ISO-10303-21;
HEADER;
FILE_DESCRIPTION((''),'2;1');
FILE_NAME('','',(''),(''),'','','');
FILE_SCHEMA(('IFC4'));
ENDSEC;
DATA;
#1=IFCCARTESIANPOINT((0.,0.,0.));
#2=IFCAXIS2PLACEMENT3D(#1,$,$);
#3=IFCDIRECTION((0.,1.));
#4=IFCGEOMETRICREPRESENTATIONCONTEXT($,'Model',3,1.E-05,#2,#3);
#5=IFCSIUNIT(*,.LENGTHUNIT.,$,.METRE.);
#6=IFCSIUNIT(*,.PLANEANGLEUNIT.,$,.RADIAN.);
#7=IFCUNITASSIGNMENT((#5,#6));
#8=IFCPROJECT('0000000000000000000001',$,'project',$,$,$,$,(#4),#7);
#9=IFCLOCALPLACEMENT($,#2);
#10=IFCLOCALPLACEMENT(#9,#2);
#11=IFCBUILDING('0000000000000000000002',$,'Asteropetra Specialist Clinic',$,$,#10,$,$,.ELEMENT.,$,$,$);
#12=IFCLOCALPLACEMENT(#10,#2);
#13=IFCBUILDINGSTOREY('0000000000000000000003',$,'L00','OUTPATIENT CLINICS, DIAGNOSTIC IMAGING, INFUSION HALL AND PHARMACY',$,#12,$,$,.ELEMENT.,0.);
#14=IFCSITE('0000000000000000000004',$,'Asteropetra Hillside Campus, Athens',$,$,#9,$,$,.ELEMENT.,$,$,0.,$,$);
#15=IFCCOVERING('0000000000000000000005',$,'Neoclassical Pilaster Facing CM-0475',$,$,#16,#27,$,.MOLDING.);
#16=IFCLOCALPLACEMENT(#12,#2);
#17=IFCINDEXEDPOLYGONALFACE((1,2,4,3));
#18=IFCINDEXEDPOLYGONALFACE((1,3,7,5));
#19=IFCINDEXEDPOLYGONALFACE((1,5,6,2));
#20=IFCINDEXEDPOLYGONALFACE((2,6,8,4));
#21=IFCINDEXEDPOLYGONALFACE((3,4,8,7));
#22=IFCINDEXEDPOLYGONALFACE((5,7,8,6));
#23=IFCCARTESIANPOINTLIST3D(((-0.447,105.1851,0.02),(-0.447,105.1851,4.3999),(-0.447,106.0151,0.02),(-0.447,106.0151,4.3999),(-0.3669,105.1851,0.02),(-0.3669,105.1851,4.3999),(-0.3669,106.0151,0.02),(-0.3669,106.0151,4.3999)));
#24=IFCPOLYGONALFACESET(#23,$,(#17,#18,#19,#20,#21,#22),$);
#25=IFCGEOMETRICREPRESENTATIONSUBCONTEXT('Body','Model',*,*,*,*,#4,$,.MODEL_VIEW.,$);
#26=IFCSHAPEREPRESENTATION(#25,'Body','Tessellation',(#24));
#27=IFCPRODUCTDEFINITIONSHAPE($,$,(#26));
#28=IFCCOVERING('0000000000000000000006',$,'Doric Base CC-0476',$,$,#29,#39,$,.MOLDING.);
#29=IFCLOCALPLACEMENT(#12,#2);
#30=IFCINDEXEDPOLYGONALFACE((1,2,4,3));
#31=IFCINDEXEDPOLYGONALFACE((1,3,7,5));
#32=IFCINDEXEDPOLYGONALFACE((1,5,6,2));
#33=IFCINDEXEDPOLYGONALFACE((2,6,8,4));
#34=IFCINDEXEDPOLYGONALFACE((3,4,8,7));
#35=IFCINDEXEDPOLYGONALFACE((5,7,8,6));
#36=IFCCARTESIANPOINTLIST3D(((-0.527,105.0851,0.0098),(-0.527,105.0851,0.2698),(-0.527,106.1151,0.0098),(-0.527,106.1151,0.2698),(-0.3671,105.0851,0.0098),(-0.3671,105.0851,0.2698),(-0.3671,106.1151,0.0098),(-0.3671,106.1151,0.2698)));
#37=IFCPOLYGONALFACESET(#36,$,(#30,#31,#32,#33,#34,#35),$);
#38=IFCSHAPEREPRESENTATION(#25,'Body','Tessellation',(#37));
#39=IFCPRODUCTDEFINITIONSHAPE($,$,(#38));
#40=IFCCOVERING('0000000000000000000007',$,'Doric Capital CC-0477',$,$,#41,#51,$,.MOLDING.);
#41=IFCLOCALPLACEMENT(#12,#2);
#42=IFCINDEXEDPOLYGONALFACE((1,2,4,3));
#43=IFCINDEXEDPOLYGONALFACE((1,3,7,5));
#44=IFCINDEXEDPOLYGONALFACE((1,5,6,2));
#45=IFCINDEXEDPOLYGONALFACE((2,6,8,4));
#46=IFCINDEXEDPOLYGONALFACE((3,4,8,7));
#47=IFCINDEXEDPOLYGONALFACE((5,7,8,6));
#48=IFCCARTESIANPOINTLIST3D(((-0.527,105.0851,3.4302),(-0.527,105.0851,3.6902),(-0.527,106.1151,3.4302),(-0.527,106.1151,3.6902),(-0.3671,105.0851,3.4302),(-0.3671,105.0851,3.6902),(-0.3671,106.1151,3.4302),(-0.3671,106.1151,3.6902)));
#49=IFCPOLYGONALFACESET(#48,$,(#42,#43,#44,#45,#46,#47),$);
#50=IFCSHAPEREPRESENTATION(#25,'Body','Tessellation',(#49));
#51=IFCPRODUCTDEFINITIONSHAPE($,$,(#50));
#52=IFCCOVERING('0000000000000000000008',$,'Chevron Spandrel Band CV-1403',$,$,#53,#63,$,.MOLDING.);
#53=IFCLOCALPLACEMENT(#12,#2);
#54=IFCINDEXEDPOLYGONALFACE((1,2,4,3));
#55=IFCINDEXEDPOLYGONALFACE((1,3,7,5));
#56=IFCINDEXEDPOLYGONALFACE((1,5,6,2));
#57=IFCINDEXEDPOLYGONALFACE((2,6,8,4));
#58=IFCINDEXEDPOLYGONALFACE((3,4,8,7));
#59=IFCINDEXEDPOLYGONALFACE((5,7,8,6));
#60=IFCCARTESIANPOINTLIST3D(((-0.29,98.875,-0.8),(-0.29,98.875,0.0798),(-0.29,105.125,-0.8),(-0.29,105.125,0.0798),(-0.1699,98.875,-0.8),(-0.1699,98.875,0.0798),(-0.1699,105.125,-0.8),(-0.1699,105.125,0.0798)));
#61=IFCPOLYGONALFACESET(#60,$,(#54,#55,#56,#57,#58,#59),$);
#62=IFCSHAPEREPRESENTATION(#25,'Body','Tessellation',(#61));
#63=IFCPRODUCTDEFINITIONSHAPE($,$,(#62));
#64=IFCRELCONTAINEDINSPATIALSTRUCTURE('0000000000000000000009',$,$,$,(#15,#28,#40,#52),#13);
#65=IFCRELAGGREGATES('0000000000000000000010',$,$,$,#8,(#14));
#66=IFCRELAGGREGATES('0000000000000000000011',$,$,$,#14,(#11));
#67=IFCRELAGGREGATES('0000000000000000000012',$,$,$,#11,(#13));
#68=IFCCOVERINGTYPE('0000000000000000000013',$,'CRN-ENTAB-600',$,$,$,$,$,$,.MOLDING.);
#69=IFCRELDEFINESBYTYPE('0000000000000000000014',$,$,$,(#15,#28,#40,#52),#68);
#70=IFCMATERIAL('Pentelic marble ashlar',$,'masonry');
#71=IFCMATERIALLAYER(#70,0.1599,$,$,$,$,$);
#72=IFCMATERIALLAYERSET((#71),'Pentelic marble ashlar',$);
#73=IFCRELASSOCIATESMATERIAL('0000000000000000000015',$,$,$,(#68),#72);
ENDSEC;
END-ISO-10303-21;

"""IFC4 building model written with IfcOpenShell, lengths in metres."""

from ifc_helpers import new_model, si_unit, direction, frame, origin, origin_2d, place, context, subcontext, project, spatial, rectangle, extrude, material, layer, layer_set, type_object, element, save


model = new_model("IFC4")

# Units and contexts
model_context = context("Model", 3, precision=1e-05, world=origin(), true_north=direction((0.0, 1.0)))
body_context = subcontext(model_context, "Body", "Model", "MODEL_VIEW")
ifc_project = project(units=[si_unit("LENGTHUNIT", "METRE"), si_unit("PLANEANGLEUNIT", "RADIAN")], contexts=[model_context])

# Site, building, storey
site_placement = place(None, origin())
site = spatial("IfcSite", under=ifc_project, at=site_placement, Name="Asteropetra Hillside Campus, Athens", CompositionType="ELEMENT", RefElevation=0.0)
building_placement = place(site_placement, origin())
building = spatial("IfcBuilding", under=site, at=building_placement, Name="Asteropetra Specialist Clinic", CompositionType="ELEMENT")
storey_placement = place(building_placement, origin())
storey = spatial("IfcBuildingStorey", under=building, at=storey_placement, Name="L00", Description="OUTPATIENT CLINICS, DIAGNOSTIC IMAGING, INFUSION HALL AND PHARMACY", CompositionType="ELEMENT", Elevation=0.0)

# Coverings
ifc_material_1 = material(Name="Pentelic marble ashlar", Category="masonry")
ifc_layer_1 = layer(ifc_material_1, 0.1599)
ifc_layer_set_1 = layer_set([ifc_layer_1], Name="Pentelic marble ashlar")
covering_type = type_object("IfcCoveringType", Name="CRN-ENTAB-600", PredefinedType="MOLDING", material=ifc_layer_set_1)
covering_1_placement = place(storey_placement, frame((-0.407, 105.6001, 0.02), z_axis=(0.0, 0.0, 1.0), x_axis=(1.0, 0.0, 0.0)))
element("IfcCovering", 1, at=covering_1_placement, inside=storey, type_object=covering_type, Name="Neoclassical Pilaster Facing CM-0475", PredefinedType="MOLDING", context=body_context, shape_type="SweptSolid", body=[
    extrude(rectangle(XDim=0.0801, YDim=0.8301, at=origin_2d()), origin(), (0.0, 0.0, 1.0), 4.3799),
])
for number, where, z_axis, x_axis, name in (
    (2, (-0.447, 105.6001, 0.0098), (0.0, 0.0, 1.0), (1.0, 0.0, 0.0), "Doric Base CC-0476"),
    (3, (-0.447, 105.6001, 3.4302), (0.0, 0.0, 1.0), (1.0, 0.0, 0.0), "Doric Capital CC-0477"),
):
    element("IfcCovering", number, at=place(storey_placement, frame(where, z_axis=z_axis, x_axis=x_axis)), inside=storey, type_object=covering_type, Name=name, PredefinedType="MOLDING", context=body_context, shape_type="SweptSolid", body=[
        extrude(rectangle(XDim=0.1599, YDim=1.03, at=origin_2d()), origin(), (0.0, 0.0, 1.0), 0.26),
    ])
covering_2_placement = place(storey_placement, frame((-0.23, 102.0, -0.8), z_axis=(0.0, 0.0, 1.0), x_axis=(1.0, 0.0, 0.0)))
element("IfcCovering", 4, at=covering_2_placement, inside=storey, type_object=covering_type, Name="Chevron Spandrel Band CV-1403", PredefinedType="MOLDING", context=body_context, shape_type="SweptSolid", body=[
    extrude(rectangle(XDim=0.1201, YDim=6.25, at=origin_2d()), origin(), (0.0, 0.0, 1.0), 0.8799),
])

save(model, "model.ifc")
